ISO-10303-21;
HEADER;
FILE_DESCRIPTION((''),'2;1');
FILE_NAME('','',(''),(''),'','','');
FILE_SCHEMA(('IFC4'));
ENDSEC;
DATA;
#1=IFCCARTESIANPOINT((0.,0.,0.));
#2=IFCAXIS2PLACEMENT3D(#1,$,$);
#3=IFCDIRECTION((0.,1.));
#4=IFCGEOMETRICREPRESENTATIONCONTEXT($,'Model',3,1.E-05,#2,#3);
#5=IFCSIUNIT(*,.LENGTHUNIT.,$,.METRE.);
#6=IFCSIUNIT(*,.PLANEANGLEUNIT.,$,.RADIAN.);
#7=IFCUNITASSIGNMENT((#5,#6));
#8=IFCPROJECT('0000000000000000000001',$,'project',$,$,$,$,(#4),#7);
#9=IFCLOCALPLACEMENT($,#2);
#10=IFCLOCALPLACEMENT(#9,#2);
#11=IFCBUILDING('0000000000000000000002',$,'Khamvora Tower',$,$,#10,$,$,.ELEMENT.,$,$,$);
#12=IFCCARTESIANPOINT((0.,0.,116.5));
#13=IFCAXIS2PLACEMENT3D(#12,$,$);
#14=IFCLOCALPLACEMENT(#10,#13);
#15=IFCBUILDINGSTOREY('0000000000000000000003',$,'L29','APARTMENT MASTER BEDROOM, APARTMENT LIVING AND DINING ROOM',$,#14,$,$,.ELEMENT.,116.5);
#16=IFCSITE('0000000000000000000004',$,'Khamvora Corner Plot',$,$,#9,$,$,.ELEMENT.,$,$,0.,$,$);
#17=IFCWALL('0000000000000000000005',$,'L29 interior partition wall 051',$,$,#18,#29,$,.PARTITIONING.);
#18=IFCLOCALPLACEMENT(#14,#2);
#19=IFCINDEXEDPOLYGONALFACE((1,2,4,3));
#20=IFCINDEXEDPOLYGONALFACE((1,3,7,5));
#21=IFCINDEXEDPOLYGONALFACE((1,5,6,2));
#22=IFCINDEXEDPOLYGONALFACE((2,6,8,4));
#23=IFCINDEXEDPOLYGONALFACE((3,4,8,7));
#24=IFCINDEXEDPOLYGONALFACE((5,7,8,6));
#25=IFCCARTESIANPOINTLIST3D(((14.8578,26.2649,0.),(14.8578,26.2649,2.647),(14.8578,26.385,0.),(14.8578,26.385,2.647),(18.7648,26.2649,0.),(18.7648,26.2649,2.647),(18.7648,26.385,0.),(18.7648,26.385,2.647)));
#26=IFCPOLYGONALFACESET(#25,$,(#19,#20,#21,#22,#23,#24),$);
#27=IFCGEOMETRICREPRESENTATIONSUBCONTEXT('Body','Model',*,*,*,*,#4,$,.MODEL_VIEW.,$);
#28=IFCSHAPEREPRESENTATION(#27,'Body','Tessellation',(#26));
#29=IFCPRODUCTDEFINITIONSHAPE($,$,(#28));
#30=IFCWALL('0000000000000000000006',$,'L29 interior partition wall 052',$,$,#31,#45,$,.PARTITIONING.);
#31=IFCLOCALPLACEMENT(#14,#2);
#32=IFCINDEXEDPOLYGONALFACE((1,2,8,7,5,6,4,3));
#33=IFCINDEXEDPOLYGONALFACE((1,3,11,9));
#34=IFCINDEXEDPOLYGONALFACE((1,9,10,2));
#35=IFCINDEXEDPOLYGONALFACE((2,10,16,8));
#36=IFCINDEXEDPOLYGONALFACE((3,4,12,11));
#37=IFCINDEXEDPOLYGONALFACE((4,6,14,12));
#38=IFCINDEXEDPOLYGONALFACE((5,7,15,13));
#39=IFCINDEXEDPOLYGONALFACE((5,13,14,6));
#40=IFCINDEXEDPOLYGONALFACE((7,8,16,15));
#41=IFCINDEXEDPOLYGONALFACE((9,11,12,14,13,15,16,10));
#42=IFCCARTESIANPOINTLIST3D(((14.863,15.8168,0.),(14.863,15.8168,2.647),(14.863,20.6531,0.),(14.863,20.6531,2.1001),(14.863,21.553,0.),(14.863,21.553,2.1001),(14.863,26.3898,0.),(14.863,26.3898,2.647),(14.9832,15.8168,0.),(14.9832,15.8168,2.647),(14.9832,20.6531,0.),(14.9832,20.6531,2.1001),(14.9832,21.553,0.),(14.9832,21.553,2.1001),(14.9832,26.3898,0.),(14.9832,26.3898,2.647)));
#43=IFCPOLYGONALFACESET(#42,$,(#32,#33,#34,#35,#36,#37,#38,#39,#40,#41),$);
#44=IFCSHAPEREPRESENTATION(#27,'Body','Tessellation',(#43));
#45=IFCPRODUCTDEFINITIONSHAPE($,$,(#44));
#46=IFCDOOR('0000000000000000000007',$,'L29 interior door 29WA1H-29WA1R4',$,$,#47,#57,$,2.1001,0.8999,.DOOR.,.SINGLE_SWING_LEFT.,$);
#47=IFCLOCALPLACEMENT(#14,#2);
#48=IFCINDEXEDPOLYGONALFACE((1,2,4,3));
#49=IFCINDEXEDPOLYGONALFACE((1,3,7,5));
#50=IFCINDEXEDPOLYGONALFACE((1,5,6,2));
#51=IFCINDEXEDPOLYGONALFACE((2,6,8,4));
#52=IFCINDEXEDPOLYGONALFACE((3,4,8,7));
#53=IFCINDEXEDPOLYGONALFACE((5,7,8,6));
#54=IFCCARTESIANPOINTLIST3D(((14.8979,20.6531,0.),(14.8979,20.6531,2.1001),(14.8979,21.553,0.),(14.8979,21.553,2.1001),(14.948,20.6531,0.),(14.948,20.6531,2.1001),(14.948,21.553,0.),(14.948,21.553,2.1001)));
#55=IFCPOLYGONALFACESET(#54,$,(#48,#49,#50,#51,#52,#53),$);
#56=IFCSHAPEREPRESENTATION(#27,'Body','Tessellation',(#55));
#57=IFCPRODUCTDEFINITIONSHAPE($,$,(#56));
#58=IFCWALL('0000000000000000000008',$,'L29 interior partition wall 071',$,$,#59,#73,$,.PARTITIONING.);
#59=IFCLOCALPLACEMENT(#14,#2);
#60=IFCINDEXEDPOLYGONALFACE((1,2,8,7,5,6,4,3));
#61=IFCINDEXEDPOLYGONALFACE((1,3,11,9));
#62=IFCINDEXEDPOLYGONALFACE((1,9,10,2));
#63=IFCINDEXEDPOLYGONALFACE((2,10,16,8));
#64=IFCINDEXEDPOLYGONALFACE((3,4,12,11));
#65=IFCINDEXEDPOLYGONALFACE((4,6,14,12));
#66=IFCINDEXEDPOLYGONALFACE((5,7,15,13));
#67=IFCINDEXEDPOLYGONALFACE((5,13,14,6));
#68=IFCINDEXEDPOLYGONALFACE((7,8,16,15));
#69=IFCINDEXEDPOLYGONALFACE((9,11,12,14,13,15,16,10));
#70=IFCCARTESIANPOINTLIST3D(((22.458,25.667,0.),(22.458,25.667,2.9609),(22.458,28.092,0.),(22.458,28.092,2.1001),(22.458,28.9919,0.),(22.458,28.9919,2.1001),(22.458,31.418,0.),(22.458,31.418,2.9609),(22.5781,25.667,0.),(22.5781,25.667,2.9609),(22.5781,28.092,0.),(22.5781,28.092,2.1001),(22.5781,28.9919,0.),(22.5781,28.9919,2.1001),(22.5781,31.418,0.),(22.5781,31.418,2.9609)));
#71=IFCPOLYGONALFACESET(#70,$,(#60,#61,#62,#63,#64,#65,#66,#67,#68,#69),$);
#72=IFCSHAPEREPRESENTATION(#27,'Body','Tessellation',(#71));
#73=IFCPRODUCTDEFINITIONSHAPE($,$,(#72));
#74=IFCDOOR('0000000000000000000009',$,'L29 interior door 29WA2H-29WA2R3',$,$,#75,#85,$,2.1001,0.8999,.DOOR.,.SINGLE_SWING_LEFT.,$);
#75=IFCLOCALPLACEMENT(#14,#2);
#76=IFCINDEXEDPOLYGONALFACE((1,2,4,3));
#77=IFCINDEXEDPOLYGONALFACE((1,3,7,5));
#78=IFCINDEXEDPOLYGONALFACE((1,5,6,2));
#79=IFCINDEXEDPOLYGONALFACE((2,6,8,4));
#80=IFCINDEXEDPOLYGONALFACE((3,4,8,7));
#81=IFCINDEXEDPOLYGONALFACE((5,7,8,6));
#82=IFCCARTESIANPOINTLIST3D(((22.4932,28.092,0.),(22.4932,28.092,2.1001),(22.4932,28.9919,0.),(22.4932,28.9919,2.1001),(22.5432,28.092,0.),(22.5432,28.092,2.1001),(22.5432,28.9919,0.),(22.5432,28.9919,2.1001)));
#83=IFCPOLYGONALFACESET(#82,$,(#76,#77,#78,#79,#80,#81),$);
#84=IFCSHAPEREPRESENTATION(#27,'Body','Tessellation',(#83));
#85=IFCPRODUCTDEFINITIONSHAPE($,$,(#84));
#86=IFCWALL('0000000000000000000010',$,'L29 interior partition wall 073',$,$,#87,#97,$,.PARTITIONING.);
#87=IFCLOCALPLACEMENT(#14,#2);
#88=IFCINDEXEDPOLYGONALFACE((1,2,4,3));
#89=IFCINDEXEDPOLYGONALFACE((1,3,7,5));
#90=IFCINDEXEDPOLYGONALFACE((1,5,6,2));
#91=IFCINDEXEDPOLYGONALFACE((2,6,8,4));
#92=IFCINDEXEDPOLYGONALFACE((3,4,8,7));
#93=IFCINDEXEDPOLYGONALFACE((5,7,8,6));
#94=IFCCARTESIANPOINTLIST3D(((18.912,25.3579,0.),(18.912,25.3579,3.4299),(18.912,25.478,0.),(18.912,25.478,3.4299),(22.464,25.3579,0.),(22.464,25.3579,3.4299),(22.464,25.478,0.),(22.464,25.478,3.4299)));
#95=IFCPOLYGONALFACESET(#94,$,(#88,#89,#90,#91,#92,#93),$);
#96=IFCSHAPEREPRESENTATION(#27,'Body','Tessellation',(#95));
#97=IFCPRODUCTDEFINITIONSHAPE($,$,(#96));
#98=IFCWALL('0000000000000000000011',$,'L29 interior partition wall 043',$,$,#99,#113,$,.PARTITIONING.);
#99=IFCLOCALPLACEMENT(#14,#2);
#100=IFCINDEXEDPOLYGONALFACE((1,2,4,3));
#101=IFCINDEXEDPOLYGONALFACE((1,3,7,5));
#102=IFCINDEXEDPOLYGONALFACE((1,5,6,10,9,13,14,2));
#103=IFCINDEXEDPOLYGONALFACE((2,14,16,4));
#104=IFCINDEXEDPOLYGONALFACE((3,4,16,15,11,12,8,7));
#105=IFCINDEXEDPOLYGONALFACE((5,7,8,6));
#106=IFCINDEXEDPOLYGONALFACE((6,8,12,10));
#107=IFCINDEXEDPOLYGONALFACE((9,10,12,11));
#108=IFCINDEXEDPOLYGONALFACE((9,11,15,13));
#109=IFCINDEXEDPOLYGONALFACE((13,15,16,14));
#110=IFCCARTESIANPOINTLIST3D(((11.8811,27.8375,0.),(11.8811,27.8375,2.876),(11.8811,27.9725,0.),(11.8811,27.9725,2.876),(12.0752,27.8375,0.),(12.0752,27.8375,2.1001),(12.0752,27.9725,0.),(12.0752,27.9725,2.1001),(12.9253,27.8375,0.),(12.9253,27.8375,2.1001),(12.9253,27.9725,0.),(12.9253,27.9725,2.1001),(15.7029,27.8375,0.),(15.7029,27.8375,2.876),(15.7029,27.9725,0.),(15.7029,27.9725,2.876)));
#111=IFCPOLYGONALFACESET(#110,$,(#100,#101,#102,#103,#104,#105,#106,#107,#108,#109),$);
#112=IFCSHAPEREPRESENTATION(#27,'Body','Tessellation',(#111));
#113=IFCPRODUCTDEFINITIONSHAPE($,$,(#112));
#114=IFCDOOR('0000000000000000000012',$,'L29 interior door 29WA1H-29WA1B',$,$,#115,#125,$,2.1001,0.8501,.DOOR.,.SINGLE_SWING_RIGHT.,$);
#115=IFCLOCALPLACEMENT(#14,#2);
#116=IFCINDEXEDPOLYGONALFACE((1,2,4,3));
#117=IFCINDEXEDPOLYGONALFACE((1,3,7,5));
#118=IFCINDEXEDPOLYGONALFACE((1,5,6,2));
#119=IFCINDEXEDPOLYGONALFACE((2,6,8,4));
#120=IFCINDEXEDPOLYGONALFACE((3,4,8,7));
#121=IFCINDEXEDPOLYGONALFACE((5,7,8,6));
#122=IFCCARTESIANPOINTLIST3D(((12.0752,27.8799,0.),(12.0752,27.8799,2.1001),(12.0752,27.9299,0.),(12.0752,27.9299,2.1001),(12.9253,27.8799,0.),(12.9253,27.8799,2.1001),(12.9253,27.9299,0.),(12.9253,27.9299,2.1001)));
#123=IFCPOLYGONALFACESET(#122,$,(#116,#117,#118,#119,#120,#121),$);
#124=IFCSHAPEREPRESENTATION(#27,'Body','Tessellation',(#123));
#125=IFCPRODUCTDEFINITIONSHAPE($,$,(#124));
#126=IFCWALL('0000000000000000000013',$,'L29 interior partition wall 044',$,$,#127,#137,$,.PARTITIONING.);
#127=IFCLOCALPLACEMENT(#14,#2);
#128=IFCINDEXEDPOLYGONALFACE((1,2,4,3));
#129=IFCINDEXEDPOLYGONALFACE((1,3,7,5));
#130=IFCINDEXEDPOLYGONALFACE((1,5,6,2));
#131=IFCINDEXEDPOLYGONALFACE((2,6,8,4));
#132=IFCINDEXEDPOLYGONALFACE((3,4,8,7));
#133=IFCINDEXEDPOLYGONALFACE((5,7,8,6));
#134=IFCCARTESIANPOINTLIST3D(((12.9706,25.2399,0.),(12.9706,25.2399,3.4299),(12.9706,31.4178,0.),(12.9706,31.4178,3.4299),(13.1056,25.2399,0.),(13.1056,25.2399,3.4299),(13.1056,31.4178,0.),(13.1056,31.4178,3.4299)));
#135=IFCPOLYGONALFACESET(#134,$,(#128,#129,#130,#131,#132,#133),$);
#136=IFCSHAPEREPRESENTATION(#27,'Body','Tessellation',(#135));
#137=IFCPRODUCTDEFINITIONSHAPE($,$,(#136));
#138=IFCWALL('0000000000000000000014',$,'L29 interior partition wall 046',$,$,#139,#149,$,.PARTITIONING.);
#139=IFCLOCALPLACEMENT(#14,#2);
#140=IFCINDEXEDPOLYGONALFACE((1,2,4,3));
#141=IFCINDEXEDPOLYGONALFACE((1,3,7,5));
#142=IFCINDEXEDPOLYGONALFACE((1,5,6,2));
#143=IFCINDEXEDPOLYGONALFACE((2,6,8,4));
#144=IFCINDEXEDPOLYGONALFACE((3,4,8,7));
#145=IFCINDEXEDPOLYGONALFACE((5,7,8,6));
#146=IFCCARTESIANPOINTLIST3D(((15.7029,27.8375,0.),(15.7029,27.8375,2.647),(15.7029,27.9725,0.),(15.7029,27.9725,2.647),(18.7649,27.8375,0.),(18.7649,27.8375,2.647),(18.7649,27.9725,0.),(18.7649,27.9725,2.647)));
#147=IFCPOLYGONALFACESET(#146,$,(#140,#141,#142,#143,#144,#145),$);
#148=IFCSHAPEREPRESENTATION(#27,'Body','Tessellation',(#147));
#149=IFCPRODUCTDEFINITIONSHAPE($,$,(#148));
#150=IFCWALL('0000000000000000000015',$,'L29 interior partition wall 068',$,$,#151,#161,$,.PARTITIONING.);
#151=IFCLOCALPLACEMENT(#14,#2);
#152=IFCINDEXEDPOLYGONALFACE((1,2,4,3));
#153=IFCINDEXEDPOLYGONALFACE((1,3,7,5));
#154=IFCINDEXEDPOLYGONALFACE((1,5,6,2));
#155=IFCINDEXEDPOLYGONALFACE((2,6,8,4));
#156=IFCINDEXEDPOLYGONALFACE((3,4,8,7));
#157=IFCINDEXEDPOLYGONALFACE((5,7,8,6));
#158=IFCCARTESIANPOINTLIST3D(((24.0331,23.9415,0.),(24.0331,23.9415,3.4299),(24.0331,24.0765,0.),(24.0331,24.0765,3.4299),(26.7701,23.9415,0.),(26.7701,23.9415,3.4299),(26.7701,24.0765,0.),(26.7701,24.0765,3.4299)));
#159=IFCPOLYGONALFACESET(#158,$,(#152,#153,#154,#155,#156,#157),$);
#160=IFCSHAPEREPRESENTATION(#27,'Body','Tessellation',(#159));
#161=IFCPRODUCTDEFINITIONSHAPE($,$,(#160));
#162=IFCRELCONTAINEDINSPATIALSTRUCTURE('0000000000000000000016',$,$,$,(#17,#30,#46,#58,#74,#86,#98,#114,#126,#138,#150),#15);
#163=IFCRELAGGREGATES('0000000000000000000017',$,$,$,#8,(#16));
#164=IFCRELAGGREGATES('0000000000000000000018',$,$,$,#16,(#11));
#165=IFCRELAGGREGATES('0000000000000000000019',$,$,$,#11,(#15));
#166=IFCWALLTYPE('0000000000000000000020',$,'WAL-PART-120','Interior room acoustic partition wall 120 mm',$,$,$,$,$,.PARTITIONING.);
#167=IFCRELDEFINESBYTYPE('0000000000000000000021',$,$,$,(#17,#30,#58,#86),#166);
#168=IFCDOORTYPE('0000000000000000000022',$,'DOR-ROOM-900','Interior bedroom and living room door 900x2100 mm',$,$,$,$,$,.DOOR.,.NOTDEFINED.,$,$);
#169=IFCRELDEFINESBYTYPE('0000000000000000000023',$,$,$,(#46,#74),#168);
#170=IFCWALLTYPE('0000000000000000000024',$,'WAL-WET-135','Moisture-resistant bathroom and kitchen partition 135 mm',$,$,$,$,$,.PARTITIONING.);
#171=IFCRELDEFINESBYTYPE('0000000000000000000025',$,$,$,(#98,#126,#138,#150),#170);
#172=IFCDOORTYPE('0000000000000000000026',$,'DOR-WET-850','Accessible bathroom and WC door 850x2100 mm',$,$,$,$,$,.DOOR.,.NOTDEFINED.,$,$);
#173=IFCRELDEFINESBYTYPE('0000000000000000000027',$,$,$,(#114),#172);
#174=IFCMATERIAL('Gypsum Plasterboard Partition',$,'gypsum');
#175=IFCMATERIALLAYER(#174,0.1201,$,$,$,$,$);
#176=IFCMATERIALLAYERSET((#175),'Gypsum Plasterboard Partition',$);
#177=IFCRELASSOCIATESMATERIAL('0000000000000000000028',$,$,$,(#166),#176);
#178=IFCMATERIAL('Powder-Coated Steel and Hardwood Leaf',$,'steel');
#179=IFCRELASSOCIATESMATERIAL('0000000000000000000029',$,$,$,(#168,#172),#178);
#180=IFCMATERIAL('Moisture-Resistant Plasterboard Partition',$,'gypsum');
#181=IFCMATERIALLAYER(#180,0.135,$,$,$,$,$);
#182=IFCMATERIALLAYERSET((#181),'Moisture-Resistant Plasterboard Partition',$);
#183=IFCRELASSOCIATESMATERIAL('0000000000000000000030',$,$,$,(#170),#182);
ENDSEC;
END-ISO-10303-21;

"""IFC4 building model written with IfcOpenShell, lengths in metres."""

from ifc_helpers import new_model, si_unit, direction, frame, frame_2d, origin, place, context, subcontext, project, spatial, rectangle, extrude, material, layer, layer_set, type_object, element, fill, save


model = new_model("IFC4")

# Units and contexts
model_context = context("Model", 3, precision=1e-05, world=origin(), true_north=direction((0.0, 1.0)))
body_context = subcontext(model_context, "Body", "Model", "MODEL_VIEW")
ifc_project = project(units=[si_unit("LENGTHUNIT", "METRE"), si_unit("PLANEANGLEUNIT", "RADIAN")], contexts=[model_context])

# Site, building, storey
site_placement = place(None, origin())
site = spatial("IfcSite", under=ifc_project, at=site_placement, Name="Khamvora Corner Plot", CompositionType="ELEMENT", RefElevation=0.0)
building_placement = place(site_placement, origin())
building = spatial("IfcBuilding", under=site, at=building_placement, Name="Khamvora Tower", CompositionType="ELEMENT")
storey_placement = place(building_placement, frame((0.0, 0.0, 116.5)))
storey = spatial("IfcBuildingStorey", under=building, at=storey_placement, Name="L29", Description="APARTMENT MASTER BEDROOM, APARTMENT LIVING AND DINING ROOM", CompositionType="ELEMENT", Elevation=116.5)

# Wall
ifc_material_1 = material(Name="Gypsum Plasterboard Partition", Category="gypsum")
ifc_layer_1 = layer(ifc_material_1, 0.1201)
ifc_layer_set_1 = layer_set([ifc_layer_1], Name="Gypsum Plasterboard Partition")
wall_type_1 = type_object("IfcWallType", Name="WAL-PART-120", Description="Interior room acoustic partition wall 120 mm", PredefinedType="PARTITIONING", material=ifc_layer_set_1)
wall_1_placement = place(storey_placement, frame((18.7649, 26.325, 0.0), z_axis=(0.0, 0.0, 1.0), x_axis=(-1.0, 0.0, 0.0)))
element("IfcWall", 1, at=wall_1_placement, inside=storey, type_object=wall_type_1, Name="L29 interior partition wall 051", PredefinedType="PARTITIONING", context=body_context, shape_type="SweptSolid", body=[
    extrude(rectangle(XDim=3.907, YDim=0.1201, at=frame_2d((1.9536, 0.0))), origin(), (0.0, 0.0, 1.0), 2.647),
])

# Walls, openings, doors
wall_2_placement = place(storey_placement, frame((14.9231, 26.3899, 0.0), z_axis=(0.0, 0.0, 1.0), x_axis=(0.0, -1.0, 0.0)))
wall_2 = element("IfcWall", 2, at=wall_2_placement, inside=storey, type_object=wall_type_1, Name="L29 interior partition wall 052", PredefinedType="PARTITIONING", context=body_context, shape_type="SweptSolid", body=[
    extrude(rectangle(XDim=10.573, YDim=0.1201, at=frame_2d((5.2866, 0.0))), origin(), (0.0, 0.0, 1.0), 2.647),
])
opening_1_placement = place(wall_2_placement, frame((4.8369, 0.0, 0.0)))
opening_1 = element("IfcOpeningElement", 3, at=opening_1_placement, cuts=wall_2, PredefinedType="OPENING", context=body_context, shape_type="SweptSolid", body=[
    extrude(rectangle(XDim=0.8999, YDim=2.1001, at=frame_2d((0.45, 1.05))), frame((0.0, 0.0701, 0.0), z_axis=(0.0, -1.0, 0.0), x_axis=(1.0, 0.0, 0.0)), (0.0, 0.0, 1.0), 0.1401),
])
ifc_material_2 = material(Name="Powder-Coated Steel and Hardwood Leaf", Category="steel")
door_type_1 = type_object("IfcDoorType", Name="DOR-ROOM-900", Description="Interior bedroom and living room door 900x2100 mm", OperationType="NOTDEFINED", PredefinedType="DOOR", material=ifc_material_2)
door_1_placement = place(opening_1_placement, origin())
door_1 = element("IfcDoor", 4, at=door_1_placement, inside=storey, type_object=door_type_1, Name="L29 interior door 29WA1H-29WA1R4", OperationType="SINGLE_SWING_LEFT", OverallHeight=2.1001, OverallWidth=0.8999, PredefinedType="DOOR", context=body_context, shape_type="SweptSolid", body=[
    extrude(rectangle(XDim=0.8999, YDim=2.1001, at=frame_2d((0.45, 1.05))), frame((0.0, 0.0249, 0.0), z_axis=(0.0, -1.0, 0.0), x_axis=(1.0, 0.0, 0.0)), (0.0, 0.0, 1.0), 0.05),
])
fill(opening_1, door_1)
wall_3_placement = place(storey_placement, frame((22.5181, 25.667, 0.0), z_axis=(0.0, 0.0, 1.0), x_axis=(0.0, 1.0, 0.0)))
wall_3 = element("IfcWall", 5, at=wall_3_placement, inside=storey, type_object=wall_type_1, Name="L29 interior partition wall 071", PredefinedType="PARTITIONING", context=body_context, shape_type="SweptSolid", body=[
    extrude(rectangle(XDim=5.751, YDim=0.1201, at=frame_2d((2.8755, 0.0))), origin(), (0.0, 0.0, 1.0), 2.9609),
])
opening_2_placement = place(wall_3_placement, frame((2.425, 0.0, 0.0)))
opening_2 = element("IfcOpeningElement", 6, at=opening_2_placement, cuts=wall_3, PredefinedType="OPENING", context=body_context, shape_type="SweptSolid", body=[
    extrude(rectangle(XDim=0.8999, YDim=2.1001, at=frame_2d((0.45, 1.05))), frame((0.0, 0.0701, 0.0), z_axis=(0.0, -1.0, 0.0), x_axis=(1.0, 0.0, 0.0)), (0.0, 0.0, 1.0), 0.1401),
])
door_2_placement = place(opening_2_placement, origin())
door_2 = element("IfcDoor", 7, at=door_2_placement, inside=storey, type_object=door_type_1, Name="L29 interior door 29WA2H-29WA2R3", OperationType="SINGLE_SWING_LEFT", OverallHeight=2.1001, OverallWidth=0.8999, PredefinedType="DOOR", context=body_context, shape_type="SweptSolid", body=[
    extrude(rectangle(XDim=0.8999, YDim=2.1001, at=frame_2d((0.45, 1.05))), frame((0.0, 0.0249, 0.0), z_axis=(0.0, -1.0, 0.0), x_axis=(1.0, 0.0, 0.0)), (0.0, 0.0, 1.0), 0.05),
])
fill(opening_2, door_2)

# Wall
wall_4_placement = place(storey_placement, frame((18.9121, 25.418, 0.0), z_axis=(0.0, 0.0, 1.0), x_axis=(1.0, 0.0, 0.0)))
element("IfcWall", 8, at=wall_4_placement, inside=storey, type_object=wall_type_1, Name="L29 interior partition wall 073", PredefinedType="PARTITIONING", context=body_context, shape_type="SweptSolid", body=[
    extrude(rectangle(XDim=3.552, YDim=0.1201, at=frame_2d((1.7759, 0.0))), origin(), (0.0, 0.0, 1.0), 3.4299),
])

# Wall, opening, door
ifc_material_3 = material(Name="Moisture-Resistant Plasterboard Partition", Category="gypsum")
ifc_layer_2 = layer(ifc_material_3, 0.135)
ifc_layer_set_2 = layer_set([ifc_layer_2], Name="Moisture-Resistant Plasterboard Partition")
wall_type_2 = type_object("IfcWallType", Name="WAL-WET-135", Description="Moisture-resistant bathroom and kitchen partition 135 mm", PredefinedType="PARTITIONING", material=ifc_layer_set_2)
wall_5_placement = place(storey_placement, frame((11.8811, 27.905, 0.0), z_axis=(0.0, 0.0, 1.0), x_axis=(1.0, 0.0, 0.0)))
wall_5 = element("IfcWall", 9, at=wall_5_placement, inside=storey, type_object=wall_type_2, Name="L29 interior partition wall 043", PredefinedType="PARTITIONING", context=body_context, shape_type="SweptSolid", body=[
    extrude(rectangle(XDim=3.8218, YDim=0.135, at=frame_2d((1.9109, 0.0))), origin(), (0.0, 0.0, 1.0), 2.876),
])
opening_3_placement = place(wall_5_placement, frame((0.1941, 0.0, 0.0)))
opening_3 = element("IfcOpeningElement", 10, at=opening_3_placement, cuts=wall_5, PredefinedType="OPENING", context=body_context, shape_type="SweptSolid", body=[
    extrude(rectangle(XDim=0.8501, YDim=2.1001, at=frame_2d((0.425, 1.05))), frame((0.0, 0.0774, 0.0), z_axis=(0.0, -1.0, 0.0), x_axis=(1.0, 0.0, 0.0)), (0.0, 0.0, 1.0), 0.155),
])
door_type_2 = type_object("IfcDoorType", Name="DOR-WET-850", Description="Accessible bathroom and WC door 850x2100 mm", OperationType="NOTDEFINED", PredefinedType="DOOR", material=ifc_material_2)
door_3_placement = place(opening_3_placement, origin())
door_3 = element("IfcDoor", 11, at=door_3_placement, inside=storey, type_object=door_type_2, Name="L29 interior door 29WA1H-29WA1B", OperationType="SINGLE_SWING_RIGHT", OverallHeight=2.1001, OverallWidth=0.8501, PredefinedType="DOOR", context=body_context, shape_type="SweptSolid", body=[
    extrude(rectangle(XDim=0.8501, YDim=2.1001, at=frame_2d((0.425, 1.05))), frame((0.0, 0.0249, 0.0), z_axis=(0.0, -1.0, 0.0), x_axis=(1.0, 0.0, 0.0)), (0.0, 0.0, 1.0), 0.05),
])
fill(opening_3, door_3)

# Walls
wall_6_placement = place(storey_placement, frame((13.0381, 25.24, 0.0), z_axis=(0.0, 0.0, 1.0), x_axis=(0.0, 1.0, 0.0)))
element("IfcWall", 12, at=wall_6_placement, inside=storey, type_object=wall_type_2, Name="L29 interior partition wall 044", PredefinedType="PARTITIONING", context=body_context, shape_type="SweptSolid", body=[
    extrude(rectangle(XDim=6.178, YDim=0.135, at=frame_2d((3.0889, 0.0))), origin(), (0.0, 0.0, 1.0), 3.4299),
])
wall_7_placement = place(storey_placement, frame((15.7029, 27.905, 0.0), z_axis=(0.0, 0.0, 1.0), x_axis=(1.0, 0.0, 0.0)))
element("IfcWall", 13, at=wall_7_placement, inside=storey, type_object=wall_type_2, Name="L29 interior partition wall 046", PredefinedType="PARTITIONING", context=body_context, shape_type="SweptSolid", body=[
    extrude(rectangle(XDim=3.062, YDim=0.135, at=frame_2d((1.531, 0.0))), origin(), (0.0, 0.0, 1.0), 2.647),
])
wall_8_placement = place(storey_placement, frame((24.033, 24.009, 0.0), z_axis=(0.0, 0.0, 1.0), x_axis=(1.0, 0.0, 0.0)))
element("IfcWall", 14, at=wall_8_placement, inside=storey, type_object=wall_type_2, Name="L29 interior partition wall 068", PredefinedType="PARTITIONING", context=body_context, shape_type="SweptSolid", body=[
    extrude(rectangle(XDim=2.7371, YDim=0.135, at=frame_2d((1.3687, 0.0))), origin(), (0.0, 0.0, 1.0), 3.4299),
])

save(model, "model.ifc")
